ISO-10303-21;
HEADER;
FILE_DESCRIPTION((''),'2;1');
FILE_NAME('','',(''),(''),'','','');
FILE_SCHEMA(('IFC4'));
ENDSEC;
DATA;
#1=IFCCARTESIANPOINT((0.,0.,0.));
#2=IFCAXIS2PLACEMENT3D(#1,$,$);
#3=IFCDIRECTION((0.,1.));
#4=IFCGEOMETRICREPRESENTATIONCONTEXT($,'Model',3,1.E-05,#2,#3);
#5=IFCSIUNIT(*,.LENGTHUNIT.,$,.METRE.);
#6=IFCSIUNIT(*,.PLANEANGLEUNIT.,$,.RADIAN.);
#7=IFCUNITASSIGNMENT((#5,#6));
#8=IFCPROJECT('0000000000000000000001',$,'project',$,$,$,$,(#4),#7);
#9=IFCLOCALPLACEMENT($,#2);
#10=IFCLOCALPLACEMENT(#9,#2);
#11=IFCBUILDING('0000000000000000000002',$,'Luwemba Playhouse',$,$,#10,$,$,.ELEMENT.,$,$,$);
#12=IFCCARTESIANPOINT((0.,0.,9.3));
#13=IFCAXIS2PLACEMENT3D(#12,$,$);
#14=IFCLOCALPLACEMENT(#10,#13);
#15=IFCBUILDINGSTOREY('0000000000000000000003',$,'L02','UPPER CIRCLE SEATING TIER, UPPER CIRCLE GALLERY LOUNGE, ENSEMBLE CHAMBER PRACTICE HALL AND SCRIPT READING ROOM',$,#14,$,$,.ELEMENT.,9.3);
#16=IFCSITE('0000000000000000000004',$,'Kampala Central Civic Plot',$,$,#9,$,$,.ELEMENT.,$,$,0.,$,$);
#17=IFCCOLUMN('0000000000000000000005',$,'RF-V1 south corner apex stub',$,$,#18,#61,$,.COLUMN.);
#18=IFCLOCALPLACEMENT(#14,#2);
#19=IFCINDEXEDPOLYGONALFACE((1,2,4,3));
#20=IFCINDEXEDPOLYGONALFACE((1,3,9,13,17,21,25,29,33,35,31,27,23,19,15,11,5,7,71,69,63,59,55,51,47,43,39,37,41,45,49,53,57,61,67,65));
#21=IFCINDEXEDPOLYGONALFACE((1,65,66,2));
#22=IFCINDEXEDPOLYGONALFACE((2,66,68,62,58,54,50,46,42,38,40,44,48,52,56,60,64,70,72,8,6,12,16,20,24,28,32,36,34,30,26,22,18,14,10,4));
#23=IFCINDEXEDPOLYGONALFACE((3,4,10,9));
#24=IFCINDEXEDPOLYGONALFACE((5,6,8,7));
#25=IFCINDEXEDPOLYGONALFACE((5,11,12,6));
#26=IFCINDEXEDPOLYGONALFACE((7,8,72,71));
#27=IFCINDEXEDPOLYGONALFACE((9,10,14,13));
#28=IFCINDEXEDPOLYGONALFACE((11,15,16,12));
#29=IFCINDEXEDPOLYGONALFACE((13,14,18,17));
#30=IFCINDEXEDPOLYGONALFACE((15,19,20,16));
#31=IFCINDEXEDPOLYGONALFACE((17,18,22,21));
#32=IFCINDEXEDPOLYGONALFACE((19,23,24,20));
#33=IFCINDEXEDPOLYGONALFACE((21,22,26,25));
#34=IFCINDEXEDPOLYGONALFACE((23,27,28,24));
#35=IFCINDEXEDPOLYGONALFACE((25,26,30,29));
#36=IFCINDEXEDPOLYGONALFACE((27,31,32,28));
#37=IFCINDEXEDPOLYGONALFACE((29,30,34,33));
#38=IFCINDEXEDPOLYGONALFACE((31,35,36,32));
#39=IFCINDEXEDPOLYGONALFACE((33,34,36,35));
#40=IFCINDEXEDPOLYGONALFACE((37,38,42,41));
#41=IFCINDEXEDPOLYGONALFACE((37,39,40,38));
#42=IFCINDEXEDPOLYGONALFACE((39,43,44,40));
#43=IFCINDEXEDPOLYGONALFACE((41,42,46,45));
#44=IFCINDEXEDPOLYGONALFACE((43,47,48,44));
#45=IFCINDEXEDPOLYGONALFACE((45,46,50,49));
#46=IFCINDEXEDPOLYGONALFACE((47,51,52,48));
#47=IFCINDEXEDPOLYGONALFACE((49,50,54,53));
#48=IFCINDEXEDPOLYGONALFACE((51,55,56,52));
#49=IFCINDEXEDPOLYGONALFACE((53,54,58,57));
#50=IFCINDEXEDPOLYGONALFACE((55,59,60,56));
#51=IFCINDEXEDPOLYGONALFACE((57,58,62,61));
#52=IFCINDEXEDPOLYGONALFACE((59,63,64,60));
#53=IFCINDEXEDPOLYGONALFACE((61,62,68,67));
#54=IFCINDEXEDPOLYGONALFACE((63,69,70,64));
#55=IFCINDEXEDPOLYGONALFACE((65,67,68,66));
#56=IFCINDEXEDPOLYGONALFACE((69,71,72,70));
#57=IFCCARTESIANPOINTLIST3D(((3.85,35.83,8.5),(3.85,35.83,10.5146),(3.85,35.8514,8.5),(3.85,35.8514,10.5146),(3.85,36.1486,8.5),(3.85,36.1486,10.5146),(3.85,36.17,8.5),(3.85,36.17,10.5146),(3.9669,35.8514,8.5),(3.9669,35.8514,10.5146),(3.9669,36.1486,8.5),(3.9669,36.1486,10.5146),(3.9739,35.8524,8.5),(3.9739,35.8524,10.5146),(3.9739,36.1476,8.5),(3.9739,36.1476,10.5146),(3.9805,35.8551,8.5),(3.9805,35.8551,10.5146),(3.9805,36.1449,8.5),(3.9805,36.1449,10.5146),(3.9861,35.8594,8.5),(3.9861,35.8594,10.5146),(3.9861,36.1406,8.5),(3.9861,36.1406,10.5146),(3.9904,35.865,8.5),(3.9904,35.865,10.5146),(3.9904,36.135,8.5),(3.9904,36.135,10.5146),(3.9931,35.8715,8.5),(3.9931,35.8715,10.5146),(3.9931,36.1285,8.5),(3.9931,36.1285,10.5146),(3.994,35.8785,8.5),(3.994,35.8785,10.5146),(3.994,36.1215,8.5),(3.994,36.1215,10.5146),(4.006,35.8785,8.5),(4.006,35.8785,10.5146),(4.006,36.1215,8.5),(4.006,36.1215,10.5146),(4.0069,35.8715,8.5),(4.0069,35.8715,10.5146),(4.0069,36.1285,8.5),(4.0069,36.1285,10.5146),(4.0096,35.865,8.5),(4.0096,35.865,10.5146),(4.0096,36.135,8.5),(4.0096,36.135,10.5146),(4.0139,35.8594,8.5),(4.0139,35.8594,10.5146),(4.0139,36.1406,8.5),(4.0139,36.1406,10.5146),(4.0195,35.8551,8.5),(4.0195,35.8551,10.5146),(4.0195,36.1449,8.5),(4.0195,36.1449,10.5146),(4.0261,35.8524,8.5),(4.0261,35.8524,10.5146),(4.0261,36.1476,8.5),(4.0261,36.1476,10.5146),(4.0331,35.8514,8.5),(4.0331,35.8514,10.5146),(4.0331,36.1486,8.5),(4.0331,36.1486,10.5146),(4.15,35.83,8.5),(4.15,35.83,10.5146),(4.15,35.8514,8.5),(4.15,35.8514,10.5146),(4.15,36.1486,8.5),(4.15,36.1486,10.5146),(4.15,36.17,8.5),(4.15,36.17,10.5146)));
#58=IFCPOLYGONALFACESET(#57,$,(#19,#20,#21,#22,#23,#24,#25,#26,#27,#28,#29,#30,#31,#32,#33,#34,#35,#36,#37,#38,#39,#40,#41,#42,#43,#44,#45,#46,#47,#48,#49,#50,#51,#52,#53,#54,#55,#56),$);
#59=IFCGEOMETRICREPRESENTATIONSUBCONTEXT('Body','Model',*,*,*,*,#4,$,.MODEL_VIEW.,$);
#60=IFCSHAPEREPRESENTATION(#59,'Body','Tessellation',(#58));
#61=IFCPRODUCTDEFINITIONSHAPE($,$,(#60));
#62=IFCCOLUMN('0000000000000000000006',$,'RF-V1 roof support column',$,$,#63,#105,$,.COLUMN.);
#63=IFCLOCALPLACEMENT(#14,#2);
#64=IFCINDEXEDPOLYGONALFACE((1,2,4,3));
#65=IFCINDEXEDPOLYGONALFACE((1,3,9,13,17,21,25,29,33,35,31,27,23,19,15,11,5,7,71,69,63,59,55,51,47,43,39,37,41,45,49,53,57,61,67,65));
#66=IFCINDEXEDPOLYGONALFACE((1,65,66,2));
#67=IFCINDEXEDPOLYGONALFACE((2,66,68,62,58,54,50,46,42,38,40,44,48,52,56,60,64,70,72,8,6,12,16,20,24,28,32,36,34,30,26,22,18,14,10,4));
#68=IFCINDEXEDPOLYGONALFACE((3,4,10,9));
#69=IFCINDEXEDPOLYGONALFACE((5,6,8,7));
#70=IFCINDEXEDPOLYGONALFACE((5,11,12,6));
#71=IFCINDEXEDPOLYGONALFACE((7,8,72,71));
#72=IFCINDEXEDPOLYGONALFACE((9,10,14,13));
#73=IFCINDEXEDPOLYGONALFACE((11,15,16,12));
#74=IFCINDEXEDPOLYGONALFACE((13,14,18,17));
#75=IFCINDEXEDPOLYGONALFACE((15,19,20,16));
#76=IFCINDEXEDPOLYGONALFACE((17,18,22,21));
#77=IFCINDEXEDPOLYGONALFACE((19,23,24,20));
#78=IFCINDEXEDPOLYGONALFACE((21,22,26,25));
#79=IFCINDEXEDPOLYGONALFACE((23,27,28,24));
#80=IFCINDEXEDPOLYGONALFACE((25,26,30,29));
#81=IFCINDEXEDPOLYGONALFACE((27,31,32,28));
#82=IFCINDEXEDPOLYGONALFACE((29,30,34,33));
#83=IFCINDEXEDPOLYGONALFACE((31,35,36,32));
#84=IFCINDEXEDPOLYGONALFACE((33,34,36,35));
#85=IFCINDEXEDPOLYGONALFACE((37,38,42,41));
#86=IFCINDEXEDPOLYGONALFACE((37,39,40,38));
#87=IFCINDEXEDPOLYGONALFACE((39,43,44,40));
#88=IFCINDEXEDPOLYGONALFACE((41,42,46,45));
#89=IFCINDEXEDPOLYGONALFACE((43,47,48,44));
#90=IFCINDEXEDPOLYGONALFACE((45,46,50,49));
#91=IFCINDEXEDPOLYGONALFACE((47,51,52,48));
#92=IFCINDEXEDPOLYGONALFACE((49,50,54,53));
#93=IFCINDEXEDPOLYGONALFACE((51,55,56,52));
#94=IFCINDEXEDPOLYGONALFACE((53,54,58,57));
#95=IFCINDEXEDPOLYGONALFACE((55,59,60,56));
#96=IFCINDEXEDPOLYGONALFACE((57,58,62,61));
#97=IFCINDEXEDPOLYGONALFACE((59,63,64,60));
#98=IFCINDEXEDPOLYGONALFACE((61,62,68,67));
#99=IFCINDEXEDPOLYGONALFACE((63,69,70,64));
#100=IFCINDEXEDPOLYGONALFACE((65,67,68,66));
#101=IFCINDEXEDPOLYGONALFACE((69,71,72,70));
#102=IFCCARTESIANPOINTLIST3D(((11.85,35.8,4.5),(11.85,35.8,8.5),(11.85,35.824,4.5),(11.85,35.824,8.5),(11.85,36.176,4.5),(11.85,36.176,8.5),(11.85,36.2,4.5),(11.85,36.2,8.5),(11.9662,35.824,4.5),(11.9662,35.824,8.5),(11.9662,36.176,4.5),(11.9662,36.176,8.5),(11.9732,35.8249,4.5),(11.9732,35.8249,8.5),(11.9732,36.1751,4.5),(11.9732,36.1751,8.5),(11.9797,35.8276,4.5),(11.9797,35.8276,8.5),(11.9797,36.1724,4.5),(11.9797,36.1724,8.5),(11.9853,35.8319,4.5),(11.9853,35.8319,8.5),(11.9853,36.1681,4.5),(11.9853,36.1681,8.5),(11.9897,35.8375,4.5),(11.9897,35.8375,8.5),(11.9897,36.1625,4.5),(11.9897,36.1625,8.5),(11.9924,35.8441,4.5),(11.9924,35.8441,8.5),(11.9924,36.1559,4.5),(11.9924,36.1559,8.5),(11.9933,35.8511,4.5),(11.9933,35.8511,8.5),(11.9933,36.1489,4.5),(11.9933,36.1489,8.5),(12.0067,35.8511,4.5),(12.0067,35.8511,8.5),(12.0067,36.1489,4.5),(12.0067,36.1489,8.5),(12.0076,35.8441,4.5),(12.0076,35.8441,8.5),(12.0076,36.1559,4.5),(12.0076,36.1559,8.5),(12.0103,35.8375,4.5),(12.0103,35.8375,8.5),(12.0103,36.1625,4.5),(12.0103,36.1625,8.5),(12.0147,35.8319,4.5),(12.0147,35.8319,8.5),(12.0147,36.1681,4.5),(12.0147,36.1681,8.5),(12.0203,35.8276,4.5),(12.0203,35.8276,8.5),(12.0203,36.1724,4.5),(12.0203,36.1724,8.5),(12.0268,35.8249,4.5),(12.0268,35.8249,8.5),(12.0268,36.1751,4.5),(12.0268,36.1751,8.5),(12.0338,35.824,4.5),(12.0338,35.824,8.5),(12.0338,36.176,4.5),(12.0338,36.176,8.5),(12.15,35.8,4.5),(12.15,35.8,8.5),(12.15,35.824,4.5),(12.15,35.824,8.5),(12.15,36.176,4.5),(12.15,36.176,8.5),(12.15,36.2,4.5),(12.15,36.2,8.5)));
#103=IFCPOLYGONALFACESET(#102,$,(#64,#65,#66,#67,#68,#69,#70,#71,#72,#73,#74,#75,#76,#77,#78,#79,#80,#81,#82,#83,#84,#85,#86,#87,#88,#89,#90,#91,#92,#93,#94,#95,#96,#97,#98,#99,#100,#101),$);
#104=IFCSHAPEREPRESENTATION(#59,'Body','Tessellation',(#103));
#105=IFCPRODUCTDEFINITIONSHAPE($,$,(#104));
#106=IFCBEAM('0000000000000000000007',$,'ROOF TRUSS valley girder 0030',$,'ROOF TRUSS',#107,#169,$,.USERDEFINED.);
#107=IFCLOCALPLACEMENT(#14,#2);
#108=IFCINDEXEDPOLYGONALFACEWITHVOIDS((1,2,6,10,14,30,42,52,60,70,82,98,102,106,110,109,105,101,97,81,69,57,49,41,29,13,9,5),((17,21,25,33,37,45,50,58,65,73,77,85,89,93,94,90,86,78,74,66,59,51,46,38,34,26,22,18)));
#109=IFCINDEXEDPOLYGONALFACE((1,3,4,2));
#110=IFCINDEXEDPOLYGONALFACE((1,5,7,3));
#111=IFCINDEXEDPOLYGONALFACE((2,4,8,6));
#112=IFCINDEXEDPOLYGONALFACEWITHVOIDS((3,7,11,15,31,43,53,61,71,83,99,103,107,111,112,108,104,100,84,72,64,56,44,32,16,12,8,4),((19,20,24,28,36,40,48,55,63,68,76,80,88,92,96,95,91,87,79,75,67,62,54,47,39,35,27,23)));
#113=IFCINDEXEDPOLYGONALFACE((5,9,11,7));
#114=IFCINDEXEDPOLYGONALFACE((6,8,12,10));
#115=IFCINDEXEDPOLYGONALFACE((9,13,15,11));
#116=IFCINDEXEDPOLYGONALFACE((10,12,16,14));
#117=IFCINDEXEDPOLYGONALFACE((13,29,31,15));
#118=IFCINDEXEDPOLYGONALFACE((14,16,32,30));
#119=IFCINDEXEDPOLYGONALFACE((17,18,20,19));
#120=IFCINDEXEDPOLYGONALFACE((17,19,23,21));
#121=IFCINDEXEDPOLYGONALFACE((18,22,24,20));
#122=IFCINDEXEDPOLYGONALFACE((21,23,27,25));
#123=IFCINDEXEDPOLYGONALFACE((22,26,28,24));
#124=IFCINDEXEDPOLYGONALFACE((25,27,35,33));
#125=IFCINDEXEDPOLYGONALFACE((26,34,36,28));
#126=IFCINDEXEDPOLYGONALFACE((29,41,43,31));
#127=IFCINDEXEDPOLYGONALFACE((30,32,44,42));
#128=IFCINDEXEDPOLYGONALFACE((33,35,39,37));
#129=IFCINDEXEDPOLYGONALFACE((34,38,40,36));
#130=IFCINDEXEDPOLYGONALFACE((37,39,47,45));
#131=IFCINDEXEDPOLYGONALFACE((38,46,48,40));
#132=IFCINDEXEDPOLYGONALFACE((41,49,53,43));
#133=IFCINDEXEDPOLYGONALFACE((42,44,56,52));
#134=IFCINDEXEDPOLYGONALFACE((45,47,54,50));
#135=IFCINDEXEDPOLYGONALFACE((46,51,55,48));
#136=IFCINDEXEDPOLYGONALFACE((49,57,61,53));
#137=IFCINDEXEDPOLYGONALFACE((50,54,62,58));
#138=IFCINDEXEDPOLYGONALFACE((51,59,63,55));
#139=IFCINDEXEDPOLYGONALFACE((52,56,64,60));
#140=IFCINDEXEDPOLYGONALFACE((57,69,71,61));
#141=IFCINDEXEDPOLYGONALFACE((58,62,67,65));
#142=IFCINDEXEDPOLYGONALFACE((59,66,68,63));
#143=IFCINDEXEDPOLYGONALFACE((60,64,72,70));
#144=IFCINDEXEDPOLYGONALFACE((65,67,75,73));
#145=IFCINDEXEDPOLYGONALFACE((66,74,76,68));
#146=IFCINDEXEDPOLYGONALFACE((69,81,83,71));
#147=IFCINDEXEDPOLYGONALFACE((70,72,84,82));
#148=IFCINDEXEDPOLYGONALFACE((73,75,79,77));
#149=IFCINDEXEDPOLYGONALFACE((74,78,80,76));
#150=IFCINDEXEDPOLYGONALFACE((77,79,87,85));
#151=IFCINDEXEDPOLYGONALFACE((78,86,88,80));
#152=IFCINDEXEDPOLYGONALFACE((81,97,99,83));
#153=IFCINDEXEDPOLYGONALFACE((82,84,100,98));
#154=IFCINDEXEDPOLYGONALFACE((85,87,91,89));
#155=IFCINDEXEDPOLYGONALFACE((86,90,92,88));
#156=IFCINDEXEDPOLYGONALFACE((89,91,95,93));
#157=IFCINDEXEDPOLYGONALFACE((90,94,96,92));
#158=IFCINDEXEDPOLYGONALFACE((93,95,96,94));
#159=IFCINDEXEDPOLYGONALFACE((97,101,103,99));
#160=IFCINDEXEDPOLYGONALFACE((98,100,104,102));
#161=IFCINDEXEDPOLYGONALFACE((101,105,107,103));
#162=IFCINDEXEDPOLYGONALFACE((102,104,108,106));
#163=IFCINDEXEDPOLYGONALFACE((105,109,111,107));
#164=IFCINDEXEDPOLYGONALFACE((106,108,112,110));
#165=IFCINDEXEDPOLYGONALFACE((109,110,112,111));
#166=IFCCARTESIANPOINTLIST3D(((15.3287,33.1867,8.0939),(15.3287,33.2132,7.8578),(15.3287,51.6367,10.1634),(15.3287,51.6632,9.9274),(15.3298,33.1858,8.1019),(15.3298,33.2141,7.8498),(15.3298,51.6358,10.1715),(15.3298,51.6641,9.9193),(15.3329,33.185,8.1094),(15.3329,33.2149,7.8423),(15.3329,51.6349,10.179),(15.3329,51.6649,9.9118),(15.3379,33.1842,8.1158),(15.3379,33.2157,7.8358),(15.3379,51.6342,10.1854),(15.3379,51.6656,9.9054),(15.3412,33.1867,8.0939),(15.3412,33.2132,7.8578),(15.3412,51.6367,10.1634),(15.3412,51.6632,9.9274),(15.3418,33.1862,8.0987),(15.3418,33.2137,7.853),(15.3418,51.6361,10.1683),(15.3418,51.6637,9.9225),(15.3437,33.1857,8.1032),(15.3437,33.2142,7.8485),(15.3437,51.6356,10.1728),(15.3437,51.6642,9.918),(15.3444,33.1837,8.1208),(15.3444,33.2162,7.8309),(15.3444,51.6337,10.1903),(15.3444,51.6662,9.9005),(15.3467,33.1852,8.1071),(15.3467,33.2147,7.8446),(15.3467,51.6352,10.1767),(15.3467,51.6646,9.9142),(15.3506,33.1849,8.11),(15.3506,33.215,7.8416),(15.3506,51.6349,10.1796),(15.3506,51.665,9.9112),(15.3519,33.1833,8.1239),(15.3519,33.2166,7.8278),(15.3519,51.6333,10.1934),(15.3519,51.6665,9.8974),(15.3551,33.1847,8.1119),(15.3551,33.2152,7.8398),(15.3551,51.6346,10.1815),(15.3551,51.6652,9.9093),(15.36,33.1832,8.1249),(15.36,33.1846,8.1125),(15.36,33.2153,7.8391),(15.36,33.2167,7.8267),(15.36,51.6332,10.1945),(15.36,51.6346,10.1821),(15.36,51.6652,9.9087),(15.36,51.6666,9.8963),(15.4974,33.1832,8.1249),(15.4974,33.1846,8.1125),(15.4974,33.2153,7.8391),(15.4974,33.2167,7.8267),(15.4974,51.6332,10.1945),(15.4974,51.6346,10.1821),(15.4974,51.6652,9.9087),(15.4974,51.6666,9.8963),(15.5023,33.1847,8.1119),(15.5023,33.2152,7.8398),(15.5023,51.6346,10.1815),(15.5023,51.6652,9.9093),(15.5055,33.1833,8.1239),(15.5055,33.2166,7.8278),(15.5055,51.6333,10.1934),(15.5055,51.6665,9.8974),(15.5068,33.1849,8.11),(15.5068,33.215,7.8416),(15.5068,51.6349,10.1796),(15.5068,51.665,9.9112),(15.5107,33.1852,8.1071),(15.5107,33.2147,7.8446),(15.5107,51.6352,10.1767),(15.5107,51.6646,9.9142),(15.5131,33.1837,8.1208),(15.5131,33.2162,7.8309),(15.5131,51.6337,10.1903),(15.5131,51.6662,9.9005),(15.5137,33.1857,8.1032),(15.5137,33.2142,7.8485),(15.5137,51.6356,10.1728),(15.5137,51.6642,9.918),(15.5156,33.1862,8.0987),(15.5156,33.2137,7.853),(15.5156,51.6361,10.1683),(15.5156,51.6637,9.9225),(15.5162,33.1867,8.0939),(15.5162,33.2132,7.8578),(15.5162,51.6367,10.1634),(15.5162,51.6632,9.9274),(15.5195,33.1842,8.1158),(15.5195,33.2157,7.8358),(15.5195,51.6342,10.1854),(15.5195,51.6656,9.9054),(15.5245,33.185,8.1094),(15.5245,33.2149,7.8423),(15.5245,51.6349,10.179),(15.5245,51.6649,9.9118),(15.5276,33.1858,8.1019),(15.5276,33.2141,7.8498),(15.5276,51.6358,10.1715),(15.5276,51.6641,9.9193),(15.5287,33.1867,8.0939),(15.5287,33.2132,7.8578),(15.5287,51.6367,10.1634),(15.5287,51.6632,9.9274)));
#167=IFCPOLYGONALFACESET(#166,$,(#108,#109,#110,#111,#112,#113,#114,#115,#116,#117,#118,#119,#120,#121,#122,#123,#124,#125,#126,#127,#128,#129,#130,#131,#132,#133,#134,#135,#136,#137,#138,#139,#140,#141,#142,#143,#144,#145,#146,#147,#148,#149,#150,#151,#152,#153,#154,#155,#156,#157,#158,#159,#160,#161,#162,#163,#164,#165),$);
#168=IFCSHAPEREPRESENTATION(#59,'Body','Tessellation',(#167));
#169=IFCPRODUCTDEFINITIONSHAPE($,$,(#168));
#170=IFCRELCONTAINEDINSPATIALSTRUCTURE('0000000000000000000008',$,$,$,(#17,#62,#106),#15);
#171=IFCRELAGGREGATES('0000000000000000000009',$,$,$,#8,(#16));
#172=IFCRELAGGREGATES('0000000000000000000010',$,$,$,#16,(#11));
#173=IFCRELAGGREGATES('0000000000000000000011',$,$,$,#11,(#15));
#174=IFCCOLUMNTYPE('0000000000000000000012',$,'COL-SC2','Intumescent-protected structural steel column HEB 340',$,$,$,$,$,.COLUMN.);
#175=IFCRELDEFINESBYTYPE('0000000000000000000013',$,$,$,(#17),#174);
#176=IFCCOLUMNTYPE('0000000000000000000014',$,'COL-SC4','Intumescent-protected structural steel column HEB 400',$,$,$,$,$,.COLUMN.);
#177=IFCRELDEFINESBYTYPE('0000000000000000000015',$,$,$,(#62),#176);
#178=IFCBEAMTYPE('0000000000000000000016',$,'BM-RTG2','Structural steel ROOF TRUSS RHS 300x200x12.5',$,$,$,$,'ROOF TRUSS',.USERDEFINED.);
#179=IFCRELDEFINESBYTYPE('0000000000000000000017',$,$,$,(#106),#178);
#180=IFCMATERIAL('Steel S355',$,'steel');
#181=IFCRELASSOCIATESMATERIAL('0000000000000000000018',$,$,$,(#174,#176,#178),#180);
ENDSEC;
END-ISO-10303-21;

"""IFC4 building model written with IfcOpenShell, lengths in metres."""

from ifc_helpers import new_model, si_unit, direction, frame, origin, origin_2d, place, context, subcontext, project, spatial, hollow_rectangle, i_section, extrude, material, material_profile, profile_set, type_object, element, save


model = new_model("IFC4")

# Units and contexts
model_context = context("Model", 3, precision=1e-05, world=origin(), true_north=direction((0.0, 1.0)))
body_context = subcontext(model_context, "Body", "Model", "MODEL_VIEW")
ifc_project = project(units=[si_unit("LENGTHUNIT", "METRE"), si_unit("PLANEANGLEUNIT", "RADIAN")], contexts=[model_context])

# Site, building, storey
site_placement = place(None, origin())
site = spatial("IfcSite", under=ifc_project, at=site_placement, Name="Kampala Central Civic Plot", CompositionType="ELEMENT", RefElevation=0.0)
building_placement = place(site_placement, origin())
building = spatial("IfcBuilding", under=site, at=building_placement, Name="Luwemba Playhouse", CompositionType="ELEMENT")
storey_placement = place(building_placement, frame((0.0, 0.0, 9.3)))
storey = spatial("IfcBuildingStorey", under=building, at=storey_placement, Name="L02", Description="UPPER CIRCLE SEATING TIER, UPPER CIRCLE GALLERY LOUNGE, ENSEMBLE CHAMBER PRACTICE HALL AND SCRIPT READING ROOM", CompositionType="ELEMENT", Elevation=9.3)

# Columns
ifc_material_1 = material(Name="Steel S355", Category="steel")
ifc_material_profile_1 = material_profile(ifc_material_1, i_section(OverallWidth=0.3, OverallDepth=0.3401, WebThickness=0.012, FlangeThickness=0.0215, FilletRadius=0.0271, at=origin_2d()))
ifc_profile_set_1 = profile_set([ifc_material_profile_1], Name="Steel S355")
column_type_1 = type_object("IfcColumnType", Name="COL-SC2", Description="Intumescent-protected structural steel column HEB 340", PredefinedType="COLUMN", material=ifc_profile_set_1)
column_1_placement = place(storey_placement, frame((4.0, 36.0, 8.5), z_axis=(0.0, 0.0, 1.0), x_axis=(1.0, 0.0, 0.0)))
element("IfcColumn", 1, at=column_1_placement, inside=storey, type_object=column_type_1, Name="RF-V1 south corner apex stub", PredefinedType="COLUMN", context=body_context, shape_type="SweptSolid", body=[
    extrude(i_section(OverallWidth=0.3, OverallDepth=0.3401, WebThickness=0.012, FlangeThickness=0.0215, FilletRadius=0.0271, at=origin_2d()), origin(), (0.0, 0.0, 1.0), 2.0146),
])
ifc_material_profile_2 = material_profile(ifc_material_1, i_section(OverallWidth=0.3, OverallDepth=0.3999, WebThickness=0.0134, FlangeThickness=0.0239, FilletRadius=0.0271, at=origin_2d()))
ifc_profile_set_2 = profile_set([ifc_material_profile_2], Name="Steel S355")
column_type_2 = type_object("IfcColumnType", Name="COL-SC4", Description="Intumescent-protected structural steel column HEB 400", PredefinedType="COLUMN", material=ifc_profile_set_2)
column_2_placement = place(storey_placement, frame((12.0, 36.0, 4.5), z_axis=(0.0, 0.0, 1.0), x_axis=(1.0, 0.0, 0.0)))
element("IfcColumn", 2, at=column_2_placement, inside=storey, type_object=column_type_2, Name="RF-V1 roof support column", PredefinedType="COLUMN", context=body_context, shape_type="SweptSolid", body=[
    extrude(i_section(OverallWidth=0.3, OverallDepth=0.3999, WebThickness=0.0134, FlangeThickness=0.0239, FilletRadius=0.0271, at=origin_2d()), origin(), (0.0, 0.0, 1.0), 4.0),
])

# Beam
ifc_material_profile_3 = material_profile(ifc_material_1, hollow_rectangle(XDim=0.2, YDim=0.3, WallThickness=0.0125, InnerFilletRadius=0.0188, OuterFilletRadius=0.0312, at=origin_2d()))
ifc_profile_set_3 = profile_set([ifc_material_profile_3], Name="Steel S355")
beam_type_1 = type_object("IfcBeamType", Name="BM-RTG2", Description="Structural steel ROOF TRUSS RHS 300x200x12.5", ElementType="ROOF TRUSS", PredefinedType="USERDEFINED", material=ifc_profile_set_3)
beam_1_placement = place(storey_placement, frame((15.4287, 33.2, 7.9758), z_axis=(0.0, 0.993767, 0.111474), x_axis=(-1.0, 0.0, 0.0)))
element("IfcBeam", 3, at=beam_1_placement, inside=storey, type_object=beam_type_1, Name="ROOF TRUSS valley girder 0030", ObjectType="ROOF TRUSS", PredefinedType="USERDEFINED", context=body_context, shape_type="SweptSolid", body=[
    extrude(hollow_rectangle(XDim=0.2, YDim=0.3, WallThickness=0.0125, InnerFilletRadius=0.0188, OuterFilletRadius=0.0312, at=origin_2d()), origin(), (0.0, 0.0, 1.0), 18.5657),
])

save(model, "model.ifc")
